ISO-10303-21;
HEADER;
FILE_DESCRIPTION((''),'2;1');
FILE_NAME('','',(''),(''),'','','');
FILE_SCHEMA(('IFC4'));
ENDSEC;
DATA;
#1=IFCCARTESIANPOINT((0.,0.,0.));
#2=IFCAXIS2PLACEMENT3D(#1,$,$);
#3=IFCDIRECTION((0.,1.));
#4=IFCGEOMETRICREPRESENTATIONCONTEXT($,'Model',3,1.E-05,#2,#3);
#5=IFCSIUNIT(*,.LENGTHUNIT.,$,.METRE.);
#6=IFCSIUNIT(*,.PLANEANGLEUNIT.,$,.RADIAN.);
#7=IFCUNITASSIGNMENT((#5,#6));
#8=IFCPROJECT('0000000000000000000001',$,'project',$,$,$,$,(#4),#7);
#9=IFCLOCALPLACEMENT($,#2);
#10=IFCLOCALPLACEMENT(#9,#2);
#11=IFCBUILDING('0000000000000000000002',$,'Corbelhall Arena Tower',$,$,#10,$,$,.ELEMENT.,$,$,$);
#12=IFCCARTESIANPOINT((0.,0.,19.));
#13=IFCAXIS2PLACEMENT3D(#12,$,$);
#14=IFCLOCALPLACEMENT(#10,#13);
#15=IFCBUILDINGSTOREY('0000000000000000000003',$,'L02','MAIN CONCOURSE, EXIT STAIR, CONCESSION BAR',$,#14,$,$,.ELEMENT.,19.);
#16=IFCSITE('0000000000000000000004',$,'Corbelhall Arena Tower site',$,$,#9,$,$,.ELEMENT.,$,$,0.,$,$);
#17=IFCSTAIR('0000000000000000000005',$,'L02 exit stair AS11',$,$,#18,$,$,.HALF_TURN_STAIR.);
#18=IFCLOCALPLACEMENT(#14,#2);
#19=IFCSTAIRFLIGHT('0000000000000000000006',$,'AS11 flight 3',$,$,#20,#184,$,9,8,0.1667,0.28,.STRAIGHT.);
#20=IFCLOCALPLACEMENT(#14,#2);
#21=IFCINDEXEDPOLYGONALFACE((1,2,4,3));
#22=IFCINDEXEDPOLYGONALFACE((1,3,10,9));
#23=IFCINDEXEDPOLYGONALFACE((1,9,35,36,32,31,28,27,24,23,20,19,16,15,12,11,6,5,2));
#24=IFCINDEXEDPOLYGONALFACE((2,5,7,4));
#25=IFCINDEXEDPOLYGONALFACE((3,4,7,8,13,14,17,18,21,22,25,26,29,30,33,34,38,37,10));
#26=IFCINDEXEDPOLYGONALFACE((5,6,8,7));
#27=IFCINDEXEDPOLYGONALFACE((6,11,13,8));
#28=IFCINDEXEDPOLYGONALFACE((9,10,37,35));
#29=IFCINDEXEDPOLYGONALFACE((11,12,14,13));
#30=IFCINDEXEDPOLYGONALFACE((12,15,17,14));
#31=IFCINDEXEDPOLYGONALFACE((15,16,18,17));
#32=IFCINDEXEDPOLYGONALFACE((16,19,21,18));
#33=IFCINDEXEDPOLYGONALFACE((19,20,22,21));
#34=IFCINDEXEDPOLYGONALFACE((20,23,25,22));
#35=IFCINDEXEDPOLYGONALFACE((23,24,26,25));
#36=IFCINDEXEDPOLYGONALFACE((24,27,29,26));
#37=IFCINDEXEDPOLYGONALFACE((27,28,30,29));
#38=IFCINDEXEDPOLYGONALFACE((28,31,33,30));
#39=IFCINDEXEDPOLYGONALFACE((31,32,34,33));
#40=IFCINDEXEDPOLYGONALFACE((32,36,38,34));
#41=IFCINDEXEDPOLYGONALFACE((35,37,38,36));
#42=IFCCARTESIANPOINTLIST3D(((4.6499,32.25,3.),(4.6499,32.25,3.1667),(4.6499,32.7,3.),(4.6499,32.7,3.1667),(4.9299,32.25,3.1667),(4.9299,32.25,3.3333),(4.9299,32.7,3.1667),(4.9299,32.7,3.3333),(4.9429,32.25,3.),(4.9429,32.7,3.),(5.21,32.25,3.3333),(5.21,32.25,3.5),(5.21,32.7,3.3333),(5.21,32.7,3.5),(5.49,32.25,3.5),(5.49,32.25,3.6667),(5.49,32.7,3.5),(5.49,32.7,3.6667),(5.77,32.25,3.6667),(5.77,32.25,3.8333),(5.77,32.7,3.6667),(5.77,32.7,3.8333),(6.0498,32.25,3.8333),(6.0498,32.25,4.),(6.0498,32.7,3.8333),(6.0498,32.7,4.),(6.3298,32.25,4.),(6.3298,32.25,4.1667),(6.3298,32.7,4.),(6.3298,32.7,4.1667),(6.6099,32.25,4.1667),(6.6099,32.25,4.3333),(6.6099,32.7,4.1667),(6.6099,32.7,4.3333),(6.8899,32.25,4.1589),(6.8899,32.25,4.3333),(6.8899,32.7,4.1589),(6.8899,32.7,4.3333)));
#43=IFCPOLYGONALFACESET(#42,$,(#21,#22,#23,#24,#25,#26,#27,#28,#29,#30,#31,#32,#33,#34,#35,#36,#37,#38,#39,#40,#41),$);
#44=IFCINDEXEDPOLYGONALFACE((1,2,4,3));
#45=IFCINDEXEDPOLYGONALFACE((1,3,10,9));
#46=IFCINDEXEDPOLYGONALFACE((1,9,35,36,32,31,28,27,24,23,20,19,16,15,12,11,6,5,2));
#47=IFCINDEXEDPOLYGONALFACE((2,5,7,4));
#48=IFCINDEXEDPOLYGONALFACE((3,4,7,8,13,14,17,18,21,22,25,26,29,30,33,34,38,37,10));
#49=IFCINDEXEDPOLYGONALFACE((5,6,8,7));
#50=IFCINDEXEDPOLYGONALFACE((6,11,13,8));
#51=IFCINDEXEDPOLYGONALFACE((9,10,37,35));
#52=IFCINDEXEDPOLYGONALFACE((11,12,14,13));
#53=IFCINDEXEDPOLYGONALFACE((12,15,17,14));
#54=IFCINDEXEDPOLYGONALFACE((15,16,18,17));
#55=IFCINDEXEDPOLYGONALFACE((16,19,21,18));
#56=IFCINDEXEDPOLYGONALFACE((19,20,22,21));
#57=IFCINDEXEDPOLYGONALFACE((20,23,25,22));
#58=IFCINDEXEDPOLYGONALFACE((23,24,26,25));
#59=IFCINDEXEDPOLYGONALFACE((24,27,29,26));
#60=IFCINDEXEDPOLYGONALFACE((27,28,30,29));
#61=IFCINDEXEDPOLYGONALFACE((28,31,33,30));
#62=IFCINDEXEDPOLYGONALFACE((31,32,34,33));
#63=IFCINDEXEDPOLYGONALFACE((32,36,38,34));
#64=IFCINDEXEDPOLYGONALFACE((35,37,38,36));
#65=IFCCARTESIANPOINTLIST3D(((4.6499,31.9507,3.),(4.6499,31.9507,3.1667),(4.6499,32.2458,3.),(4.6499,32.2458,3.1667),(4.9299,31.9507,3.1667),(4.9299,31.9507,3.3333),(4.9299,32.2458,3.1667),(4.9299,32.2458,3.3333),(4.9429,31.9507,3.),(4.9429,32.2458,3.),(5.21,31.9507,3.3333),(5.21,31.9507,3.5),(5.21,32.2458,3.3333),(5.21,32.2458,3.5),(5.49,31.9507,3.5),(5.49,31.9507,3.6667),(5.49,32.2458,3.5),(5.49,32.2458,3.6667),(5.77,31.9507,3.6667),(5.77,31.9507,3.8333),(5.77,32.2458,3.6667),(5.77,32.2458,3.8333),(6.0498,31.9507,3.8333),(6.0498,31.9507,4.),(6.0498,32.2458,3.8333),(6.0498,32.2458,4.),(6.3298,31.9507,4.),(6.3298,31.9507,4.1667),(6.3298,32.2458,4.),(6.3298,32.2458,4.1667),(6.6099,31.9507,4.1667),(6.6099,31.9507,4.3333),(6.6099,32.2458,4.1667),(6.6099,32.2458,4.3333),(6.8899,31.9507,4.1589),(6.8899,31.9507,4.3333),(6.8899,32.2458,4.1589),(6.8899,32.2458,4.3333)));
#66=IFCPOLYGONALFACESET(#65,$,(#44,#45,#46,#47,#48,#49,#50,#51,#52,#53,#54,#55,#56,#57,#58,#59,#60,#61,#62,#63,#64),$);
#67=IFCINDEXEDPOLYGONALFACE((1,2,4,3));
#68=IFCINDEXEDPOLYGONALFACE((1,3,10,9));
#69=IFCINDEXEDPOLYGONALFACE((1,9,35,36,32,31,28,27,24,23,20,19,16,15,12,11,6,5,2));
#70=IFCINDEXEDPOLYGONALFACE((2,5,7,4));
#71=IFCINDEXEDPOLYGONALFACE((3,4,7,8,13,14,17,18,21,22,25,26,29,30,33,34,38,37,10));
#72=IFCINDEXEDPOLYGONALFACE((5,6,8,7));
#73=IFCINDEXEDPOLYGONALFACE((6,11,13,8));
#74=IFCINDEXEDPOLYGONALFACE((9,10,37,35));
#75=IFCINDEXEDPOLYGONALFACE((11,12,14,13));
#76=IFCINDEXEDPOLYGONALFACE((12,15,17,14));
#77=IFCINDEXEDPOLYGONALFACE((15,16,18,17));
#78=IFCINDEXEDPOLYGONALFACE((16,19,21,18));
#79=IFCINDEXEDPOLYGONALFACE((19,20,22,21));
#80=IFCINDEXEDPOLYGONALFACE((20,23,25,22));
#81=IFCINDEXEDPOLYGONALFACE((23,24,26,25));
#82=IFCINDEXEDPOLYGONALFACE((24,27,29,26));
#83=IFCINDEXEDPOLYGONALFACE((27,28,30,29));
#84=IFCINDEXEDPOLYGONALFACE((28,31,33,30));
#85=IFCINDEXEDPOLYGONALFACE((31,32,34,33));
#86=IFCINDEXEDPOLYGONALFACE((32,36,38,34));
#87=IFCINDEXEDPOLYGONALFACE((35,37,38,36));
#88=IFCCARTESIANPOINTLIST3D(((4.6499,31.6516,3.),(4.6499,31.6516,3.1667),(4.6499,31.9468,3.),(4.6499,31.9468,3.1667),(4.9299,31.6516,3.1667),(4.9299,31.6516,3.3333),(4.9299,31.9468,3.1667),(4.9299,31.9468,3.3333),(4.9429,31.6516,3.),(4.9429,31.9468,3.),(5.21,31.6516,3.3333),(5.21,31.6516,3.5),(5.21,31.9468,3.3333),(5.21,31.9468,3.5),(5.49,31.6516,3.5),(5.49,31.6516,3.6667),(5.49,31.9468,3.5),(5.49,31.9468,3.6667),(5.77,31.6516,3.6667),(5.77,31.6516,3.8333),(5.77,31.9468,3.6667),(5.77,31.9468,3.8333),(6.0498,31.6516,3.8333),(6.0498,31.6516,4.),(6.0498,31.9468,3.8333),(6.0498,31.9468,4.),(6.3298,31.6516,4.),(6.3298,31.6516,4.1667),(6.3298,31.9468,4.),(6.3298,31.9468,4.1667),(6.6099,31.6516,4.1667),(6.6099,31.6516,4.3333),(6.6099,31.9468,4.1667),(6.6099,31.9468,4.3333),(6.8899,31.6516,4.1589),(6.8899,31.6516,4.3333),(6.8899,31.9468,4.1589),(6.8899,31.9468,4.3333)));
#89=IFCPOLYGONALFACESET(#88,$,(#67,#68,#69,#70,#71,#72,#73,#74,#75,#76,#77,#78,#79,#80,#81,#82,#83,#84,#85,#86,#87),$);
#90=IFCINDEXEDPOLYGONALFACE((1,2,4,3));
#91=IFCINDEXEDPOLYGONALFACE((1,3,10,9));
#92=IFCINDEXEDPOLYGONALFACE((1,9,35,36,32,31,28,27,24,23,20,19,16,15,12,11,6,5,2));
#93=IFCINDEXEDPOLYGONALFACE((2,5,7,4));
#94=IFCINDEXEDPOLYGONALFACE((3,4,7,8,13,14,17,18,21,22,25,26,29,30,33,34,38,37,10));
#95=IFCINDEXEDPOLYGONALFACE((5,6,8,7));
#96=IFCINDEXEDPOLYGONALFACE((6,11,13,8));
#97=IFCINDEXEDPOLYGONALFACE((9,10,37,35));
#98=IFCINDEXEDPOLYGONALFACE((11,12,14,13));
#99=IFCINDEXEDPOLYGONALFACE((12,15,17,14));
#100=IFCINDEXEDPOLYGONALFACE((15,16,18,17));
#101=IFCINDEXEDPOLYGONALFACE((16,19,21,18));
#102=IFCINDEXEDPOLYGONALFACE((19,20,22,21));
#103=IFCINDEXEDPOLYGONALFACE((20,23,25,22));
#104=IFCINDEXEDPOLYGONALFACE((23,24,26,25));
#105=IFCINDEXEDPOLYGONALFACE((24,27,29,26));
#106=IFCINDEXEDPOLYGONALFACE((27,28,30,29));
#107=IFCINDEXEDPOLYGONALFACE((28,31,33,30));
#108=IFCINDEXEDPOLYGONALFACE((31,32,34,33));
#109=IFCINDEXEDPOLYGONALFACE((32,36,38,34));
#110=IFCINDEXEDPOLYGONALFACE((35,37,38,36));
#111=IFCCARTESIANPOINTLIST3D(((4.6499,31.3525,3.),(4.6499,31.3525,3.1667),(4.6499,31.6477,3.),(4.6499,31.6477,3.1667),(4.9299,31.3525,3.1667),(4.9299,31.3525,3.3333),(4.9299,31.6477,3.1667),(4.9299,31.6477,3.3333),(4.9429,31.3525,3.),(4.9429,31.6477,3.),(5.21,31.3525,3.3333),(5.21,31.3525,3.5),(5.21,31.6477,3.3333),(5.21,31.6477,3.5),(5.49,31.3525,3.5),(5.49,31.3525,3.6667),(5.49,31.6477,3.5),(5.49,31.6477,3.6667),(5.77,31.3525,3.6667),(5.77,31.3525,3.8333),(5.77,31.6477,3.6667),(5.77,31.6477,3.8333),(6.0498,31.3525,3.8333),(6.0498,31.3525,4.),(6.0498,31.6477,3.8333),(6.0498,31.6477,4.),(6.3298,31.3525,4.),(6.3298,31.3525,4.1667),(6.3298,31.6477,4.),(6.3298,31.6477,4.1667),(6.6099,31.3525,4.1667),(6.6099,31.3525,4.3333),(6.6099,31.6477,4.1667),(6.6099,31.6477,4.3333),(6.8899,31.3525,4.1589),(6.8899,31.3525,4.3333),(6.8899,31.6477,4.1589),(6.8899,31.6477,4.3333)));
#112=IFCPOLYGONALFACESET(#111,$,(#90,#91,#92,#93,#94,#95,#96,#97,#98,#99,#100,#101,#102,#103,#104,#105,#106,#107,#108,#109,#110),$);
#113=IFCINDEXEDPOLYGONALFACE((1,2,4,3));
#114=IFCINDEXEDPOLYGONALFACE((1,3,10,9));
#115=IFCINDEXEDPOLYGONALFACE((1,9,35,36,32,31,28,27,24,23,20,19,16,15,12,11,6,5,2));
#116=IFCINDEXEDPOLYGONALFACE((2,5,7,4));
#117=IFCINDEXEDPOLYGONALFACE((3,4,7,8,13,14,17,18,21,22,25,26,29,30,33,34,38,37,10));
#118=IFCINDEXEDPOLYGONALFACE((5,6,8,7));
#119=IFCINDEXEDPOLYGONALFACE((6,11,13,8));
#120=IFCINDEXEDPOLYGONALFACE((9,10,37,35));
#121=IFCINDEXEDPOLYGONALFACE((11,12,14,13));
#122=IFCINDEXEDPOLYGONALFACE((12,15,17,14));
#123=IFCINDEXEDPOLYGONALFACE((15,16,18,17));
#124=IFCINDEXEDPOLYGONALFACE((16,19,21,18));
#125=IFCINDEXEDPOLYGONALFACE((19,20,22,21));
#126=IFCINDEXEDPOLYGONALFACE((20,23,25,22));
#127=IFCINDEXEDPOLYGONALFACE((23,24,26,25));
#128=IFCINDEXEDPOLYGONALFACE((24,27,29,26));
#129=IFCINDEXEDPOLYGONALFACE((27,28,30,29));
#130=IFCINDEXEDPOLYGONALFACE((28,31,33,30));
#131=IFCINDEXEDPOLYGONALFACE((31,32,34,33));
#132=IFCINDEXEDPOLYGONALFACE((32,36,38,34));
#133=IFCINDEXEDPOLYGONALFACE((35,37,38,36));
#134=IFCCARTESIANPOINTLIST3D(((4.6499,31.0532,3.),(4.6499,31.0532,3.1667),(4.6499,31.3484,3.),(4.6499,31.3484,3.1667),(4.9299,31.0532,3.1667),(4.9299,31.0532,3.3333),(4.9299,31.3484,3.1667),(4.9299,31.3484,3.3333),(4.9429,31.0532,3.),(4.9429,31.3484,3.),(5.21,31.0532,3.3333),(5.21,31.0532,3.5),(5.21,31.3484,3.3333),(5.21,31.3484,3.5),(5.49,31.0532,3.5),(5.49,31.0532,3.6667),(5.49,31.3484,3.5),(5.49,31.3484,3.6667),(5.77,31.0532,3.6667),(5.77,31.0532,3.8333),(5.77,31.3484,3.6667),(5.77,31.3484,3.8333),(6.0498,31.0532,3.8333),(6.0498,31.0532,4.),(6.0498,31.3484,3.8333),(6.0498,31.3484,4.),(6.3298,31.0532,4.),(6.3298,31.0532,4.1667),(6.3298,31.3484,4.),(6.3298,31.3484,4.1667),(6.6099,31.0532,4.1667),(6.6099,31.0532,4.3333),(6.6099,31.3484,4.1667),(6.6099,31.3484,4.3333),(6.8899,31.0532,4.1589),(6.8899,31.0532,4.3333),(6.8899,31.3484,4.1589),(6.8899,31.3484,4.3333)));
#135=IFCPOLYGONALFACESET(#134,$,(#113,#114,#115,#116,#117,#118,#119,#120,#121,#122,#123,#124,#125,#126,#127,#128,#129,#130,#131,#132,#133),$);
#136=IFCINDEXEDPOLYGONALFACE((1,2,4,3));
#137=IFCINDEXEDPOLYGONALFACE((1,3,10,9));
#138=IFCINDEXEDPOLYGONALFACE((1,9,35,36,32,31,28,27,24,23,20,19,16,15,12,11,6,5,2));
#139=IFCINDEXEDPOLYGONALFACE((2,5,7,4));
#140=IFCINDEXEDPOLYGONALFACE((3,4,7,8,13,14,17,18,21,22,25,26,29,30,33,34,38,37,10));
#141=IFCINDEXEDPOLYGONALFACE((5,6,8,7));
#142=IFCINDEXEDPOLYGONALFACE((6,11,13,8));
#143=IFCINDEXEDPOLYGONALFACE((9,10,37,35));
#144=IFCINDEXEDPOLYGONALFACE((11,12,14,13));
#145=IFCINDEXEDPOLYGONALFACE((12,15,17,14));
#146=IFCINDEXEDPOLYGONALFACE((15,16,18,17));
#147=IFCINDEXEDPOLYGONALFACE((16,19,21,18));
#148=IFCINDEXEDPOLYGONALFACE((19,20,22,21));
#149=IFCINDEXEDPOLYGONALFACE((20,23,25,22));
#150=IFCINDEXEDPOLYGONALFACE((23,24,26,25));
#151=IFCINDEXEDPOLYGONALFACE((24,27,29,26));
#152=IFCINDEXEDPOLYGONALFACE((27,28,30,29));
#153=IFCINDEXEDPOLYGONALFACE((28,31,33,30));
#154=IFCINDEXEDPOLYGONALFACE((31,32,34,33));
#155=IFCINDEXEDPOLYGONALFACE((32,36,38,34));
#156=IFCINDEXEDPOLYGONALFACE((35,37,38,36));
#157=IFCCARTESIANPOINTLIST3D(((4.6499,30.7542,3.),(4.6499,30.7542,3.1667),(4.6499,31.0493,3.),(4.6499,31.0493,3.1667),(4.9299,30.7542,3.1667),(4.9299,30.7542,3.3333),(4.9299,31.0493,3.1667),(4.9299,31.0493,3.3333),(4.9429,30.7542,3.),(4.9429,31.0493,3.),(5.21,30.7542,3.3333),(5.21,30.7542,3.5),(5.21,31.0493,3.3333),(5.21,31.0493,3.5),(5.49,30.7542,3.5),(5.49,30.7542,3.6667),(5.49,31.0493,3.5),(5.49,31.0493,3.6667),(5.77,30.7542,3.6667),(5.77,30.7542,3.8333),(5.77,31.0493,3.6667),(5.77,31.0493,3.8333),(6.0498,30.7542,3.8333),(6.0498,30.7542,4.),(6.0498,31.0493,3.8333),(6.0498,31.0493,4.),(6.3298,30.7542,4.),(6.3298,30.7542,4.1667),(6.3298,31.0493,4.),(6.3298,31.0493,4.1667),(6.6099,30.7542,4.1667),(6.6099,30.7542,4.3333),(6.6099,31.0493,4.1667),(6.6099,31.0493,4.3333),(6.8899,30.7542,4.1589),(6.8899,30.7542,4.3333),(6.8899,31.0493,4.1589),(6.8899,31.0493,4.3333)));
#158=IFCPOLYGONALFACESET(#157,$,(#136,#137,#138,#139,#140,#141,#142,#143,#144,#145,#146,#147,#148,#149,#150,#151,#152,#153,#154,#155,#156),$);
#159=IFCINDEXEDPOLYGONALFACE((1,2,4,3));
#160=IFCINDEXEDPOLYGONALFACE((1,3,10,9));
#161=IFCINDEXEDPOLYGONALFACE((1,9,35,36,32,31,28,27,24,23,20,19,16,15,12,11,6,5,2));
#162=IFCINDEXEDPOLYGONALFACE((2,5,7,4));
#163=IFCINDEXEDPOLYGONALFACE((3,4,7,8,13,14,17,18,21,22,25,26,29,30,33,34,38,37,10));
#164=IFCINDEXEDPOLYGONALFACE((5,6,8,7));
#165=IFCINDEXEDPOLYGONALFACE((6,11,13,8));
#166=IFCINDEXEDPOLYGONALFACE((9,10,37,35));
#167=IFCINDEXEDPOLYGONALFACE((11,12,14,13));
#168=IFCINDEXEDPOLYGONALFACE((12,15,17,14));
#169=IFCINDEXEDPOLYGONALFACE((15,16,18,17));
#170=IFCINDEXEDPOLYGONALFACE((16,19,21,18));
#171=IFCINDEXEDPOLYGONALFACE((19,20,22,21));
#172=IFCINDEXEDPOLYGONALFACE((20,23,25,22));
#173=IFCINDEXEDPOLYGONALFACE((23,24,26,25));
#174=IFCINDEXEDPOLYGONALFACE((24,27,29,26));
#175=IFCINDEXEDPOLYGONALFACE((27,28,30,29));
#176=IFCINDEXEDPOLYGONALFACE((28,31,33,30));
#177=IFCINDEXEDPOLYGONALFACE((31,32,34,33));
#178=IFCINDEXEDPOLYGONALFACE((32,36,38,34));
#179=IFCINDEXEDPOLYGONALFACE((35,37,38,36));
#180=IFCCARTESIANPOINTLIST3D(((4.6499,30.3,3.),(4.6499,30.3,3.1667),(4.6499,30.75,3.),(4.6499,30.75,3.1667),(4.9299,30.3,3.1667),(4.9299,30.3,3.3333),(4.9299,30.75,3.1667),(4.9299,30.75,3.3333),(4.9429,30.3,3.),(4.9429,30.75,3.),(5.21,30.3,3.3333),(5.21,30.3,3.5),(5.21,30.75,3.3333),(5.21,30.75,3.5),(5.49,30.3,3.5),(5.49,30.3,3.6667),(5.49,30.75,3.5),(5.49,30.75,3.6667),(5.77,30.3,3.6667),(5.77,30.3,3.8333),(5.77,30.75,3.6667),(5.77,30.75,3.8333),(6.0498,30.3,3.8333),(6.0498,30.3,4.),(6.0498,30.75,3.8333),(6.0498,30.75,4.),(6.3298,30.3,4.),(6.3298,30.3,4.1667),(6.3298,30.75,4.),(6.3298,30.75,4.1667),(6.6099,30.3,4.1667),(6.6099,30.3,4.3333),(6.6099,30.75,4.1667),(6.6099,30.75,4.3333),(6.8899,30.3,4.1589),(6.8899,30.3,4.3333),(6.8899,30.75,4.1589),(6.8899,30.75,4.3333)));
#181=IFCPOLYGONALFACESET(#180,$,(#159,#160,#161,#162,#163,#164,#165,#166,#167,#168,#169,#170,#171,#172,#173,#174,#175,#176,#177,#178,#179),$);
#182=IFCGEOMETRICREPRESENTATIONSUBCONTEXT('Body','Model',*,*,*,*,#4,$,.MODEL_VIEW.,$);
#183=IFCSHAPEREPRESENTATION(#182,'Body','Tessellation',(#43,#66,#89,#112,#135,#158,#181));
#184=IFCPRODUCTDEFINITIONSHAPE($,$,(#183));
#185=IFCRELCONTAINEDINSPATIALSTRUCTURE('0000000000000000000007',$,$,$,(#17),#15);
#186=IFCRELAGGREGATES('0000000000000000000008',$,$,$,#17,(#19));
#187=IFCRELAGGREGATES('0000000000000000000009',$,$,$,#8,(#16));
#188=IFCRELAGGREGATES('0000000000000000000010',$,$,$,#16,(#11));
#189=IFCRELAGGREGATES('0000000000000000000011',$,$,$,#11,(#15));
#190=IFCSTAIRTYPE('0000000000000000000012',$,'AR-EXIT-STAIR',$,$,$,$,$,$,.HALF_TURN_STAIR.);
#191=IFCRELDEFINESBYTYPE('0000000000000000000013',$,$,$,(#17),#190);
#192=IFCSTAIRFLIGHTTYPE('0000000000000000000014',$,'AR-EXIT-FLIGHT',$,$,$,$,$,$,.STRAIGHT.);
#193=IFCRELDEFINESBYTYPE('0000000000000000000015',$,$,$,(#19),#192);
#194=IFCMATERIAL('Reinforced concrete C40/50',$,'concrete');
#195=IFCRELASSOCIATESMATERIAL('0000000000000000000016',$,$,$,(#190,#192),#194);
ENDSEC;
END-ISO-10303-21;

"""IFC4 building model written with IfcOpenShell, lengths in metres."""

from ifc_helpers import new_model, si_unit, direction, frame, origin, place, context, subcontext, project, spatial, polyline, outline, extrude, material, type_object, element, aggregate, save


model = new_model("IFC4")

# Units and contexts
model_context = context("Model", 3, precision=1e-05, world=origin(), true_north=direction((0.0, 1.0)))
body_context = subcontext(model_context, "Body", "Model", "MODEL_VIEW")
ifc_project = project(units=[si_unit("LENGTHUNIT", "METRE"), si_unit("PLANEANGLEUNIT", "RADIAN")], contexts=[model_context])

# Site, building, storey
site_placement = place(None, origin())
site = spatial("IfcSite", under=ifc_project, at=site_placement, Name="Corbelhall Arena Tower site", CompositionType="ELEMENT", RefElevation=0.0)
building_placement = place(site_placement, origin())
building = spatial("IfcBuilding", under=site, at=building_placement, Name="Corbelhall Arena Tower", CompositionType="ELEMENT")
storey_placement = place(building_placement, frame((0.0, 0.0, 19.0)))
storey = spatial("IfcBuildingStorey", under=building, at=storey_placement, Name="L02", Description="MAIN CONCOURSE, EXIT STAIR, CONCESSION BAR", CompositionType="ELEMENT", Elevation=19.0)

# Shared definitions
ifc_material_1 = material(Name="Reinforced concrete C40/50", Category="concrete")

# Stair, stair flight
stair_type = type_object("IfcStairType", Name="AR-EXIT-STAIR", PredefinedType="HALF_TURN_STAIR", material=ifc_material_1)
stair_1_placement = place(storey_placement, origin())
stair_1 = element("IfcStair", 1, at=stair_1_placement, inside=storey, type_object=stair_type, Name="L02 exit stair AS11", PredefinedType="HALF_TURN_STAIR")
stair_flight_type = type_object("IfcStairFlightType", Name="AR-EXIT-FLIGHT", PredefinedType="STRAIGHT", material=ifc_material_1)
stair_flight_1_placement = place(storey_placement, frame((4.6499, 31.5, 3.0), z_axis=(0.0, 0.0, 1.0), x_axis=(1.0, 0.0, 0.0)))
stair_flight_1 = element("IfcStairFlight", 2, at=stair_flight_1_placement, type_object=stair_flight_type, Name="AS11 flight 3", NumberOfRisers=9, NumberOfTreads=8, PredefinedType="STRAIGHT", RiserHeight=0.1667, TreadLength=0.28, context=body_context, shape_type="SweptSolid", body=[
    extrude(outline(polyline([(0.0, 0.0), (0.0, 0.1667), (0.28, 0.1667), (0.28, 0.3333), (0.5601, 0.3333), (0.5601, 0.5), (0.8401, 0.5), (0.8401, 0.6667), (1.1201, 0.6667), (1.1201, 0.8333), (1.3999, 0.8333), (1.3999, 1.0), (1.6799, 1.0), (1.6799, 1.1667), (1.96, 1.1667), (1.96, 1.3333), (2.24, 1.3333), (2.24, 1.5), (2.24, 1.1589), (0.293, 0.0), (0.0, 0.0)])), frame((0.0, 1.2, 0.0), z_axis=(0.0, -1.0, 0.0), x_axis=(1.0, 0.0, 0.0)), (0.0, 0.0, 1.0), 0.45),
    extrude(outline(polyline([(0.0, 0.0), (0.0, 0.1667), (0.28, 0.1667), (0.28, 0.3333), (0.5601, 0.3333), (0.5601, 0.5), (0.8401, 0.5), (0.8401, 0.6667), (1.1201, 0.6667), (1.1201, 0.8333), (1.3999, 0.8333), (1.3999, 1.0), (1.6799, 1.0), (1.6799, 1.1667), (1.96, 1.1667), (1.96, 1.3333), (2.24, 1.3333), (2.24, 1.5), (2.24, 1.1589), (0.293, 0.0), (0.0, 0.0)])), frame((0.0, 0.7458, 0.0), z_axis=(0.0, -1.0, 0.0), x_axis=(1.0, 0.0, 0.0)), (0.0, 0.0, 1.0), 0.2952),
    extrude(outline(polyline([(0.0, 0.0), (0.0, 0.1667), (0.28, 0.1667), (0.28, 0.3333), (0.5601, 0.3333), (0.5601, 0.5), (0.8401, 0.5), (0.8401, 0.6667), (1.1201, 0.6667), (1.1201, 0.8333), (1.3999, 0.8333), (1.3999, 1.0), (1.6799, 1.0), (1.6799, 1.1667), (1.96, 1.1667), (1.96, 1.3333), (2.24, 1.3333), (2.24, 1.5), (2.24, 1.1589), (0.293, 0.0), (0.0, 0.0)])), frame((0.0, 0.4468, 0.0), z_axis=(0.0, -1.0, 0.0), x_axis=(1.0, 0.0, 0.0)), (0.0, 0.0, 1.0), 0.2952),
    extrude(outline(polyline([(0.0, 0.0), (0.0, 0.1667), (0.28, 0.1667), (0.28, 0.3333), (0.5601, 0.3333), (0.5601, 0.5), (0.8401, 0.5), (0.8401, 0.6667), (1.1201, 0.6667), (1.1201, 0.8333), (1.3999, 0.8333), (1.3999, 1.0), (1.6799, 1.0), (1.6799, 1.1667), (1.96, 1.1667), (1.96, 1.3333), (2.24, 1.3333), (2.24, 1.5), (2.24, 1.1589), (0.293, 0.0), (0.0, 0.0)])), frame((0.0, 0.1477, 0.0), z_axis=(0.0, -1.0, 0.0), x_axis=(1.0, 0.0, 0.0)), (0.0, 0.0, 1.0), 0.2952),
    extrude(outline(polyline([(0.0, 0.0), (0.0, 0.1667), (0.28, 0.1667), (0.28, 0.3333), (0.5601, 0.3333), (0.5601, 0.5), (0.8401, 0.5), (0.8401, 0.6667), (1.1201, 0.6667), (1.1201, 0.8333), (1.3999, 0.8333), (1.3999, 1.0), (1.6799, 1.0), (1.6799, 1.1667), (1.96, 1.1667), (1.96, 1.3333), (2.24, 1.3333), (2.24, 1.5), (2.24, 1.1589), (0.293, 0.0), (0.0, 0.0)])), frame((0.0, -0.1516, 0.0), z_axis=(0.0, -1.0, 0.0), x_axis=(1.0, 0.0, 0.0)), (0.0, 0.0, 1.0), 0.2952),
    extrude(outline(polyline([(0.0, 0.0), (0.0, 0.1667), (0.28, 0.1667), (0.28, 0.3333), (0.5601, 0.3333), (0.5601, 0.5), (0.8401, 0.5), (0.8401, 0.6667), (1.1201, 0.6667), (1.1201, 0.8333), (1.3999, 0.8333), (1.3999, 1.0), (1.6799, 1.0), (1.6799, 1.1667), (1.96, 1.1667), (1.96, 1.3333), (2.24, 1.3333), (2.24, 1.5), (2.24, 1.1589), (0.293, 0.0), (0.0, 0.0)])), frame((0.0, -0.4507, 0.0), z_axis=(0.0, -1.0, 0.0), x_axis=(1.0, 0.0, 0.0)), (0.0, 0.0, 1.0), 0.2952),
    extrude(outline(polyline([(0.0, 0.0), (0.0, 0.1667), (0.28, 0.1667), (0.28, 0.3333), (0.5601, 0.3333), (0.5601, 0.5), (0.8401, 0.5), (0.8401, 0.6667), (1.1201, 0.6667), (1.1201, 0.8333), (1.3999, 0.8333), (1.3999, 1.0), (1.6799, 1.0), (1.6799, 1.1667), (1.96, 1.1667), (1.96, 1.3333), (2.24, 1.3333), (2.24, 1.5), (2.24, 1.1589), (0.293, 0.0), (0.0, 0.0)])), frame((0.0, -0.75, 0.0), z_axis=(0.0, -1.0, 0.0), x_axis=(1.0, 0.0, 0.0)), (0.0, 0.0, 1.0), 0.45),
])
aggregate(stair_1, [stair_flight_1])

save(model, "model.ifc")
